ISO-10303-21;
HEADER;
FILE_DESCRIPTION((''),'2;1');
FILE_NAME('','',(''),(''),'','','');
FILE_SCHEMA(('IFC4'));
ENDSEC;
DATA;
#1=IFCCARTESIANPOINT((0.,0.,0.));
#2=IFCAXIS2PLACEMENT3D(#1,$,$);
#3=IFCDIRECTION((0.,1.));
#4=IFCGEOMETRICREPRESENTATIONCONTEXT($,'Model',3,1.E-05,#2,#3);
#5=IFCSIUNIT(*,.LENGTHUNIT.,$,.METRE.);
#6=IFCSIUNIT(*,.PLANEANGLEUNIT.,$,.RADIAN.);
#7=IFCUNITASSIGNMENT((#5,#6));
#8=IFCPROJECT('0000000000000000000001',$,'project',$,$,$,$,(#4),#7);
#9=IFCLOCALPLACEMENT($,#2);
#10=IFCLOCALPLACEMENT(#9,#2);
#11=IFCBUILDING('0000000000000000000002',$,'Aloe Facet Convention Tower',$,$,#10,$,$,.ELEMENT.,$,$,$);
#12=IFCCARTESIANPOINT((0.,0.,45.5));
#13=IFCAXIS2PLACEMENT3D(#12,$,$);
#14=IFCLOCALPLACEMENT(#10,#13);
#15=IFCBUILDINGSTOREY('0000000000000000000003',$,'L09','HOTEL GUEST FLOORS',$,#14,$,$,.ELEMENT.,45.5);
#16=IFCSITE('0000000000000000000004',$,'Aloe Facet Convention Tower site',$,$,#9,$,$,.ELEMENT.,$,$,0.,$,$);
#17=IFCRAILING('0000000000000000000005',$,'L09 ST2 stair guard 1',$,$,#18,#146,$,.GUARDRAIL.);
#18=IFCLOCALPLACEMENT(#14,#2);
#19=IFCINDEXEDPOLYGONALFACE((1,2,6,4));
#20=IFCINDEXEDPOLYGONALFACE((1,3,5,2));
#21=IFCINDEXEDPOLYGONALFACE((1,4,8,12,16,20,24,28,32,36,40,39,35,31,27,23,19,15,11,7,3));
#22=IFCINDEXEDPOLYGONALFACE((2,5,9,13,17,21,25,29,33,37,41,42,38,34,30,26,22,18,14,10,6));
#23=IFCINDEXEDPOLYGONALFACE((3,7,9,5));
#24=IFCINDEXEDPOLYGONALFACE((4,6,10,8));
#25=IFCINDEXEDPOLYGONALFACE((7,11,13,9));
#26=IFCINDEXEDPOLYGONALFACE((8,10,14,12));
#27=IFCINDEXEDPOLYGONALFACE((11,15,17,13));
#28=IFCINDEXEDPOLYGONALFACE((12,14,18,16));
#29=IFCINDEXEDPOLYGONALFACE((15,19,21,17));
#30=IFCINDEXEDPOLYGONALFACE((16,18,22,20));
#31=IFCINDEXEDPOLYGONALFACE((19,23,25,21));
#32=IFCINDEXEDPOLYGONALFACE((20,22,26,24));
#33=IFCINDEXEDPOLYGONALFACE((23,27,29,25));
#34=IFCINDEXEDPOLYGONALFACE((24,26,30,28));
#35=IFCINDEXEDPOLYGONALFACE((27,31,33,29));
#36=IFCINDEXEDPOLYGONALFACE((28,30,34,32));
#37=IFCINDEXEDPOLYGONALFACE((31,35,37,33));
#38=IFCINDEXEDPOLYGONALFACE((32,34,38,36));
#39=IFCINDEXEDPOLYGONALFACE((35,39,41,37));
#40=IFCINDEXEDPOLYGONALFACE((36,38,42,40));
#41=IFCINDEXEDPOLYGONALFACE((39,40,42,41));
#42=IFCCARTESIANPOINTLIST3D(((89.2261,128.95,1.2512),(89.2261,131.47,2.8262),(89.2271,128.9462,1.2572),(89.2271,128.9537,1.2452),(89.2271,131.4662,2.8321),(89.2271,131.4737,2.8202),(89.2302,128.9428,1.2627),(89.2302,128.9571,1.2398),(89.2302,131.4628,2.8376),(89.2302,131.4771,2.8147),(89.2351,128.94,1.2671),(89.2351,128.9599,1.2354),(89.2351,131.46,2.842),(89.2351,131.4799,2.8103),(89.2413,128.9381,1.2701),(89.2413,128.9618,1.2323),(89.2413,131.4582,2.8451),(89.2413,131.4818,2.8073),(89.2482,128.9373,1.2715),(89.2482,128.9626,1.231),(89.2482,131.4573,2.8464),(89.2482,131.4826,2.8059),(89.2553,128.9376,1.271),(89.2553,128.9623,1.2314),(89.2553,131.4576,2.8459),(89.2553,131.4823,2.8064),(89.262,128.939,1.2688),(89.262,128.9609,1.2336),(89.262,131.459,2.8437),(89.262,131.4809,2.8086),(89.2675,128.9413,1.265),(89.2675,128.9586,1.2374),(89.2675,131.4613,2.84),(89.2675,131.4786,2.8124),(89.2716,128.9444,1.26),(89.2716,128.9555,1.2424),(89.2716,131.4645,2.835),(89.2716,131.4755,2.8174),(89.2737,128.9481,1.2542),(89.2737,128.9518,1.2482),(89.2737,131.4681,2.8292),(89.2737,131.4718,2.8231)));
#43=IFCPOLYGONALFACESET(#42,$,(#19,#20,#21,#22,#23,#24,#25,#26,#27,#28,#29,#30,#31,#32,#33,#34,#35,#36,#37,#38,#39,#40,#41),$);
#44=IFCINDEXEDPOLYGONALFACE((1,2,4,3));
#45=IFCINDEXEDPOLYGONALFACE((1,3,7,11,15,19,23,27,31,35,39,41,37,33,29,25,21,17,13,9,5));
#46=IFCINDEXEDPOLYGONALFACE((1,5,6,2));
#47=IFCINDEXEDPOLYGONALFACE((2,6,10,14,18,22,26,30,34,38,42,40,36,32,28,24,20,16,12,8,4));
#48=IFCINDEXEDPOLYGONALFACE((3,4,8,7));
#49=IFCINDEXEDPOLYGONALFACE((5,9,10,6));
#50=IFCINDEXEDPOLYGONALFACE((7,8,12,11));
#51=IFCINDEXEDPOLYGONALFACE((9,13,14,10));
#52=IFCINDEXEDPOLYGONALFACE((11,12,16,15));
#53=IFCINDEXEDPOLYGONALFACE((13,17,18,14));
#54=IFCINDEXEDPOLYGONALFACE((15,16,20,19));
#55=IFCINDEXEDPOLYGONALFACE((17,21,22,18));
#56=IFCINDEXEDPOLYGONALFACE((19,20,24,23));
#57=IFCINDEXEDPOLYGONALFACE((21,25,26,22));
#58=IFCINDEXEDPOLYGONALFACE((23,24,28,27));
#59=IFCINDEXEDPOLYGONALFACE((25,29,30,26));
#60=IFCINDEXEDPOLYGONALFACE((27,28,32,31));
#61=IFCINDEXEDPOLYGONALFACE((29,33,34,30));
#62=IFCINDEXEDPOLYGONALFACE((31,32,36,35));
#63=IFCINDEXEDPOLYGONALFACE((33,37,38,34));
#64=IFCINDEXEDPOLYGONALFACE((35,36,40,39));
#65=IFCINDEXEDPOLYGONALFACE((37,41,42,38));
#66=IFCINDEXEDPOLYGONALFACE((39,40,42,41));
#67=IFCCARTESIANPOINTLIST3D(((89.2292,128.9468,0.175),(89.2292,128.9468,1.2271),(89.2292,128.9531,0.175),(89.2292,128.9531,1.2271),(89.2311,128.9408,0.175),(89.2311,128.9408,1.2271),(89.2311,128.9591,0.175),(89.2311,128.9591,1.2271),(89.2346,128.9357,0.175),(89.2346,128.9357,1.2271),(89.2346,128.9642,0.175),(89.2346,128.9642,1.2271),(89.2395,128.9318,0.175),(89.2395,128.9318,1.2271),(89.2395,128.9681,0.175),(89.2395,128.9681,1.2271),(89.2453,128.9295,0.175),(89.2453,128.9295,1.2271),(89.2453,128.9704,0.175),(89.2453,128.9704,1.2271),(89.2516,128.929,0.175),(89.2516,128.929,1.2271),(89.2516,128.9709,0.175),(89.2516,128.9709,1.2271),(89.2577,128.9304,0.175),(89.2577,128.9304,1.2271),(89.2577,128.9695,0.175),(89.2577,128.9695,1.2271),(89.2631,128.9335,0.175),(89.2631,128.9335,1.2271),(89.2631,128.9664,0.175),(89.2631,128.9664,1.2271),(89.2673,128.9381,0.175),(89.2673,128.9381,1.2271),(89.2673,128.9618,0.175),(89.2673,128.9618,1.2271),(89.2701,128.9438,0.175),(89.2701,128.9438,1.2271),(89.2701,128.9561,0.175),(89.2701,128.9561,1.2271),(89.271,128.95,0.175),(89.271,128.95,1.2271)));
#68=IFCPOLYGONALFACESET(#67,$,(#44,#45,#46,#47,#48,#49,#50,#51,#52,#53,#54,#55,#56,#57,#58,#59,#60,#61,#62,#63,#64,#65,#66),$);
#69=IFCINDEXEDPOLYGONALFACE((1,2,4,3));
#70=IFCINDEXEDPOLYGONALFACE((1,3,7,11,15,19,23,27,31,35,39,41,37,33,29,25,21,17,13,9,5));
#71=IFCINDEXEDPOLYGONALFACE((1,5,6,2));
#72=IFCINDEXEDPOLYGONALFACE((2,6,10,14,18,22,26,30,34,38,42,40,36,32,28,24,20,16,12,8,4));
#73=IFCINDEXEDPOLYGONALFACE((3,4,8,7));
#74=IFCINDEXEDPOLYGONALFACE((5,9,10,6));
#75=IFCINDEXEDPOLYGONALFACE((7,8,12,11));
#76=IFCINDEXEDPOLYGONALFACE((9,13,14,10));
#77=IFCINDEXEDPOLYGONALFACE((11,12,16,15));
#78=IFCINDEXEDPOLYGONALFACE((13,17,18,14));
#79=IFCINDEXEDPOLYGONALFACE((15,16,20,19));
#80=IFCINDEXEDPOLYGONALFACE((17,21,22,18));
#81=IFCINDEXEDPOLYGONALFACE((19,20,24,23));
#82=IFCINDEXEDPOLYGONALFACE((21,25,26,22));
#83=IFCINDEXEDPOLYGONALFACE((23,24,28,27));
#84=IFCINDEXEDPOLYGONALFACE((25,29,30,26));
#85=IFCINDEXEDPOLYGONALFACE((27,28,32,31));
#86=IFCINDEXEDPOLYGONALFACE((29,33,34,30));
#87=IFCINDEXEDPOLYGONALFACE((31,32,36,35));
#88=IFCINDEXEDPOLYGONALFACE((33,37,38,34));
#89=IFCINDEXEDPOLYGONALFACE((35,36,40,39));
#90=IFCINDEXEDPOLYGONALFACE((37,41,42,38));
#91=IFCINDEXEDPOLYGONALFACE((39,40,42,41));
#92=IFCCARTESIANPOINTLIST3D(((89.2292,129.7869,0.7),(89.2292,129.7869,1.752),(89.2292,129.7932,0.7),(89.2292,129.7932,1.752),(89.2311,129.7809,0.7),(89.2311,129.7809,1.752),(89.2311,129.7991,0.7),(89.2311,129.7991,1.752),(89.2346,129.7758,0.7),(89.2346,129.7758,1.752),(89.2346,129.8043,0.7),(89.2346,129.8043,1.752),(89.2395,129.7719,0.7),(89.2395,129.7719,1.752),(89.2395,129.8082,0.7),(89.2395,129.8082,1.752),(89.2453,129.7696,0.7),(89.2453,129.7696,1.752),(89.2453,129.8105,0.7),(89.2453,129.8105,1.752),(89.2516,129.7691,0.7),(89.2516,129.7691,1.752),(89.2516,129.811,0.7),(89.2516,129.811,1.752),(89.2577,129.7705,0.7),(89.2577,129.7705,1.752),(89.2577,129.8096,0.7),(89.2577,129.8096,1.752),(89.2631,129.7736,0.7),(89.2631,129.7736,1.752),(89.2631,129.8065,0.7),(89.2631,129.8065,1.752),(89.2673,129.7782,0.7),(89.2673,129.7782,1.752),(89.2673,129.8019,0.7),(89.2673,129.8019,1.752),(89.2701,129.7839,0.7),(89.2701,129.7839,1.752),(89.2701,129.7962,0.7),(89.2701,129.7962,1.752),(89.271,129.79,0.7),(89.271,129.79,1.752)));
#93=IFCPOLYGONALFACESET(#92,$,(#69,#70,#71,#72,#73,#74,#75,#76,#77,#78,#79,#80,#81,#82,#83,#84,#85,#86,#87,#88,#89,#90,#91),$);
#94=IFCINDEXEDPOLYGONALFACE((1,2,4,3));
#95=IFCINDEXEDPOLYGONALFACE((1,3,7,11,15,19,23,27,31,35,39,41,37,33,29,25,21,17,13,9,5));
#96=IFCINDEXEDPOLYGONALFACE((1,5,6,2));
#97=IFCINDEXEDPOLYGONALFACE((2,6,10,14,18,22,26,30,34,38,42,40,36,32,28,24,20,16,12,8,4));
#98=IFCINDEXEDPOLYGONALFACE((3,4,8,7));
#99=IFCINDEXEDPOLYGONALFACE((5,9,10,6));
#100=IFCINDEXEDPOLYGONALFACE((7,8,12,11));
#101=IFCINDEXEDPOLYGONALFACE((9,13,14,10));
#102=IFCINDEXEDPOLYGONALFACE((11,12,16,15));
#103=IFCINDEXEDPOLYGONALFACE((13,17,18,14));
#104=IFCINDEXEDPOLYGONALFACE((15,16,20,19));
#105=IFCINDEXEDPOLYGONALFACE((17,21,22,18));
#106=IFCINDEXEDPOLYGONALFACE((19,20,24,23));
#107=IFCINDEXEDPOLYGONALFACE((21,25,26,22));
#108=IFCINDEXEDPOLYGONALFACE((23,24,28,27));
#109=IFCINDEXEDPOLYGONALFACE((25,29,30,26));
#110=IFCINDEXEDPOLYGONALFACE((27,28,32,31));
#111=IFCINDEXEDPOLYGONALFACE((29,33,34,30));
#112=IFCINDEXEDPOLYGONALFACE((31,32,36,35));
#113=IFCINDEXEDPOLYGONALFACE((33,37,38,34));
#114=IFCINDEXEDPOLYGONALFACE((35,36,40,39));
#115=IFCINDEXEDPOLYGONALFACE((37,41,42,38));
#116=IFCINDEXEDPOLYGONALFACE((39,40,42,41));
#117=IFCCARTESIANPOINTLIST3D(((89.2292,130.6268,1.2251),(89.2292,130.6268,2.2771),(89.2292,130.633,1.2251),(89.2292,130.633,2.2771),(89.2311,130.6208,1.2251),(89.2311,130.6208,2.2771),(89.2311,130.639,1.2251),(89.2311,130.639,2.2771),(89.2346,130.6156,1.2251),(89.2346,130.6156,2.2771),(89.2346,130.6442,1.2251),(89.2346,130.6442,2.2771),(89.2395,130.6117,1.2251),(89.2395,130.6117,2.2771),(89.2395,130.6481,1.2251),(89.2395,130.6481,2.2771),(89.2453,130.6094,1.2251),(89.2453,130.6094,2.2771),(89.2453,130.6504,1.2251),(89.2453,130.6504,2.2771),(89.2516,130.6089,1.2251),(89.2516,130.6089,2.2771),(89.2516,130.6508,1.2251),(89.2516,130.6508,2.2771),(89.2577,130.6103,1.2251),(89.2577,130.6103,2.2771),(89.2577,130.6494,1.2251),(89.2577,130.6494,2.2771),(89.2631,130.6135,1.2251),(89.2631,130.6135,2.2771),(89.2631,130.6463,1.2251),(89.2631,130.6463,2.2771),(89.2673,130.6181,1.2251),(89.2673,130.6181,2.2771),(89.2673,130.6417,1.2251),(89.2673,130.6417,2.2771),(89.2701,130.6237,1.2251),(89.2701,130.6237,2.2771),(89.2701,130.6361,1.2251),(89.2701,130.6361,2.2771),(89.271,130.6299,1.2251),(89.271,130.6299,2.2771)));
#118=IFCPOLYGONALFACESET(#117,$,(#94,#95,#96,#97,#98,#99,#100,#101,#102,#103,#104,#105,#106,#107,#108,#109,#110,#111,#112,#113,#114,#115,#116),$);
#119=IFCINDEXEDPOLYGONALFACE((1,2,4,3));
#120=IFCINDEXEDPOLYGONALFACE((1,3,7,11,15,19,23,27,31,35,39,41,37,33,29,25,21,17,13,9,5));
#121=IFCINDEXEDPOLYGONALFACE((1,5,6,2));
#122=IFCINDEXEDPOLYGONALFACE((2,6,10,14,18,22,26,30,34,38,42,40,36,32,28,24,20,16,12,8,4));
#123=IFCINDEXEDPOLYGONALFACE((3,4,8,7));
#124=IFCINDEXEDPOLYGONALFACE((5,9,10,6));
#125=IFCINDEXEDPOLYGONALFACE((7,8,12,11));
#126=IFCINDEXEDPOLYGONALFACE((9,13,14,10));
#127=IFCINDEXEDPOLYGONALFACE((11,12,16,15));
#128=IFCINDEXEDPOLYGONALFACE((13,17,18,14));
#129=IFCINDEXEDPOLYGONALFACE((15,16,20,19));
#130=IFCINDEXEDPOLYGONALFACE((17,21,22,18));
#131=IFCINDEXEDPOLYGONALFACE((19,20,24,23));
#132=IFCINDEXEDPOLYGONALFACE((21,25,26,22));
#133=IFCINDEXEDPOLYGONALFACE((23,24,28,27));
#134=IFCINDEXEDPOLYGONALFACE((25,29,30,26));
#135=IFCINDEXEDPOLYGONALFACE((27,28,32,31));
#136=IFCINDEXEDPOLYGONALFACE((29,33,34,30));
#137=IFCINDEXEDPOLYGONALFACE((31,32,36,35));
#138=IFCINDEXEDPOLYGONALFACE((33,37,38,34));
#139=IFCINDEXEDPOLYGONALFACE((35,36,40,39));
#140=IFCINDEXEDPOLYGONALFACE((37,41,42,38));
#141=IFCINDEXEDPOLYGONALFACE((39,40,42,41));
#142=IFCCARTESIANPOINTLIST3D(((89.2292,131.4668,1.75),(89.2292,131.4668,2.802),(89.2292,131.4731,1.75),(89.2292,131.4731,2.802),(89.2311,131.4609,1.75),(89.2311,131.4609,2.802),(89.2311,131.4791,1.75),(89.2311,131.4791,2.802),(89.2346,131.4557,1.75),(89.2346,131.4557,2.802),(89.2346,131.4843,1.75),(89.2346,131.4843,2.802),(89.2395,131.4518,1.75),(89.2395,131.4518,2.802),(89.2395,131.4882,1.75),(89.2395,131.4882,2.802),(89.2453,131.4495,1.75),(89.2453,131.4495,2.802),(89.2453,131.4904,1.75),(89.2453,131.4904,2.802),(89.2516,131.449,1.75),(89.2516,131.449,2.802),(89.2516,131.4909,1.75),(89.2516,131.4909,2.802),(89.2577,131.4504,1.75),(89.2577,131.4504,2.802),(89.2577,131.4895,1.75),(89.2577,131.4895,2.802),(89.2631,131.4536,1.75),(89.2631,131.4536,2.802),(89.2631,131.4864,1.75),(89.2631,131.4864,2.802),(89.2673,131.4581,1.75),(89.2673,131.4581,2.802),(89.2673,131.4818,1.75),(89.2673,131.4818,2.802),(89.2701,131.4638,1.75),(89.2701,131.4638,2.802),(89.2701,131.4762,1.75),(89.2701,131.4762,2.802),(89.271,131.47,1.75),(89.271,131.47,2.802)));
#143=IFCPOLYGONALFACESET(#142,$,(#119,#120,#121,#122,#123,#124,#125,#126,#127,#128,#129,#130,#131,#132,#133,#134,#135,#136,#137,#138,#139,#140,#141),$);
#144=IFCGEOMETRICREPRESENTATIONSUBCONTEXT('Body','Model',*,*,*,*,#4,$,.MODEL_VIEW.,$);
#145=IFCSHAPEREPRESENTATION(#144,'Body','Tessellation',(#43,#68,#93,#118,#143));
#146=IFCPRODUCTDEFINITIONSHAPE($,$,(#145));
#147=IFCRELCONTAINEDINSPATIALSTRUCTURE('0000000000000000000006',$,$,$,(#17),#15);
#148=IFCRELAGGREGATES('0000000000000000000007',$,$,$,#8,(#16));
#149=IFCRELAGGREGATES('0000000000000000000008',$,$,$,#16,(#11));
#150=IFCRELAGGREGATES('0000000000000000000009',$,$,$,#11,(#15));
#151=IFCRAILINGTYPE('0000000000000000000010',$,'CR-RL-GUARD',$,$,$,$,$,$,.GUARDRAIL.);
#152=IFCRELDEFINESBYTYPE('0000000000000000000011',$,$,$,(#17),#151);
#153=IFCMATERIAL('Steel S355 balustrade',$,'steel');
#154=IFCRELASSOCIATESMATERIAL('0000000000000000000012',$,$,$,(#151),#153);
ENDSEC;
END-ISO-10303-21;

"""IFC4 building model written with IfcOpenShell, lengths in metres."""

from ifc_helpers import new_model, si_unit, direction, frame, origin, origin_2d, place, context, subcontext, project, spatial, circle, extrude, material, type_object, element, save


model = new_model("IFC4")

# Units and contexts
model_context = context("Model", 3, precision=1e-05, world=origin(), true_north=direction((0.0, 1.0)))
body_context = subcontext(model_context, "Body", "Model", "MODEL_VIEW")
ifc_project = project(units=[si_unit("LENGTHUNIT", "METRE"), si_unit("PLANEANGLEUNIT", "RADIAN")], contexts=[model_context])

# Site, building, storey
site_placement = place(None, origin())
site = spatial("IfcSite", under=ifc_project, at=site_placement, Name="Aloe Facet Convention Tower site", CompositionType="ELEMENT", RefElevation=0.0)
building_placement = place(site_placement, origin())
building = spatial("IfcBuilding", under=site, at=building_placement, Name="Aloe Facet Convention Tower", CompositionType="ELEMENT")
storey_placement = place(building_placement, frame((0.0, 0.0, 45.5)))
storey = spatial("IfcBuildingStorey", under=building, at=storey_placement, Name="L09", Description="HOTEL GUEST FLOORS", CompositionType="ELEMENT", Elevation=45.5)

# Railing
ifc_material_1 = material(Name="Steel S355 balustrade", Category="steel")
railing_type_1 = type_object("IfcRailingType", Name="CR-RL-GUARD", PredefinedType="GUARDRAIL", material=ifc_material_1)
railing_1_placement = place(storey_placement, frame((89.25, 128.95, 0.175)))
element("IfcRailing", 1, at=railing_1_placement, inside=storey, type_object=railing_type_1, Name="L09 ST2 stair guard 1", PredefinedType="GUARDRAIL", context=body_context, shape_type="SweptSolid", body=[
    extrude(circle(Radius=0.0239, at=origin_2d()), frame((0.0, 0.0, 1.0762), z_axis=(0.0, 0.848008, 0.529984), x_axis=(-1.0, 0.0, 0.0)), (0.0, 0.0, 1.0), 2.9717),
    extrude(circle(Radius=0.021, at=origin_2d()), origin(), (0.0, 0.0, 1.0), 1.052),
    extrude(circle(Radius=0.021, at=origin_2d()), frame((0.0, 0.8401, 0.5249)), (0.0, 0.0, 1.0), 1.052),
    extrude(circle(Radius=0.021, at=origin_2d()), frame((0.0, 1.6799, 1.05)), (0.0, 0.0, 1.0), 1.052),
    extrude(circle(Radius=0.021, at=origin_2d()), frame((0.0, 2.52, 1.575)), (0.0, 0.0, 1.0), 1.052),
])

save(model, "model.ifc")
